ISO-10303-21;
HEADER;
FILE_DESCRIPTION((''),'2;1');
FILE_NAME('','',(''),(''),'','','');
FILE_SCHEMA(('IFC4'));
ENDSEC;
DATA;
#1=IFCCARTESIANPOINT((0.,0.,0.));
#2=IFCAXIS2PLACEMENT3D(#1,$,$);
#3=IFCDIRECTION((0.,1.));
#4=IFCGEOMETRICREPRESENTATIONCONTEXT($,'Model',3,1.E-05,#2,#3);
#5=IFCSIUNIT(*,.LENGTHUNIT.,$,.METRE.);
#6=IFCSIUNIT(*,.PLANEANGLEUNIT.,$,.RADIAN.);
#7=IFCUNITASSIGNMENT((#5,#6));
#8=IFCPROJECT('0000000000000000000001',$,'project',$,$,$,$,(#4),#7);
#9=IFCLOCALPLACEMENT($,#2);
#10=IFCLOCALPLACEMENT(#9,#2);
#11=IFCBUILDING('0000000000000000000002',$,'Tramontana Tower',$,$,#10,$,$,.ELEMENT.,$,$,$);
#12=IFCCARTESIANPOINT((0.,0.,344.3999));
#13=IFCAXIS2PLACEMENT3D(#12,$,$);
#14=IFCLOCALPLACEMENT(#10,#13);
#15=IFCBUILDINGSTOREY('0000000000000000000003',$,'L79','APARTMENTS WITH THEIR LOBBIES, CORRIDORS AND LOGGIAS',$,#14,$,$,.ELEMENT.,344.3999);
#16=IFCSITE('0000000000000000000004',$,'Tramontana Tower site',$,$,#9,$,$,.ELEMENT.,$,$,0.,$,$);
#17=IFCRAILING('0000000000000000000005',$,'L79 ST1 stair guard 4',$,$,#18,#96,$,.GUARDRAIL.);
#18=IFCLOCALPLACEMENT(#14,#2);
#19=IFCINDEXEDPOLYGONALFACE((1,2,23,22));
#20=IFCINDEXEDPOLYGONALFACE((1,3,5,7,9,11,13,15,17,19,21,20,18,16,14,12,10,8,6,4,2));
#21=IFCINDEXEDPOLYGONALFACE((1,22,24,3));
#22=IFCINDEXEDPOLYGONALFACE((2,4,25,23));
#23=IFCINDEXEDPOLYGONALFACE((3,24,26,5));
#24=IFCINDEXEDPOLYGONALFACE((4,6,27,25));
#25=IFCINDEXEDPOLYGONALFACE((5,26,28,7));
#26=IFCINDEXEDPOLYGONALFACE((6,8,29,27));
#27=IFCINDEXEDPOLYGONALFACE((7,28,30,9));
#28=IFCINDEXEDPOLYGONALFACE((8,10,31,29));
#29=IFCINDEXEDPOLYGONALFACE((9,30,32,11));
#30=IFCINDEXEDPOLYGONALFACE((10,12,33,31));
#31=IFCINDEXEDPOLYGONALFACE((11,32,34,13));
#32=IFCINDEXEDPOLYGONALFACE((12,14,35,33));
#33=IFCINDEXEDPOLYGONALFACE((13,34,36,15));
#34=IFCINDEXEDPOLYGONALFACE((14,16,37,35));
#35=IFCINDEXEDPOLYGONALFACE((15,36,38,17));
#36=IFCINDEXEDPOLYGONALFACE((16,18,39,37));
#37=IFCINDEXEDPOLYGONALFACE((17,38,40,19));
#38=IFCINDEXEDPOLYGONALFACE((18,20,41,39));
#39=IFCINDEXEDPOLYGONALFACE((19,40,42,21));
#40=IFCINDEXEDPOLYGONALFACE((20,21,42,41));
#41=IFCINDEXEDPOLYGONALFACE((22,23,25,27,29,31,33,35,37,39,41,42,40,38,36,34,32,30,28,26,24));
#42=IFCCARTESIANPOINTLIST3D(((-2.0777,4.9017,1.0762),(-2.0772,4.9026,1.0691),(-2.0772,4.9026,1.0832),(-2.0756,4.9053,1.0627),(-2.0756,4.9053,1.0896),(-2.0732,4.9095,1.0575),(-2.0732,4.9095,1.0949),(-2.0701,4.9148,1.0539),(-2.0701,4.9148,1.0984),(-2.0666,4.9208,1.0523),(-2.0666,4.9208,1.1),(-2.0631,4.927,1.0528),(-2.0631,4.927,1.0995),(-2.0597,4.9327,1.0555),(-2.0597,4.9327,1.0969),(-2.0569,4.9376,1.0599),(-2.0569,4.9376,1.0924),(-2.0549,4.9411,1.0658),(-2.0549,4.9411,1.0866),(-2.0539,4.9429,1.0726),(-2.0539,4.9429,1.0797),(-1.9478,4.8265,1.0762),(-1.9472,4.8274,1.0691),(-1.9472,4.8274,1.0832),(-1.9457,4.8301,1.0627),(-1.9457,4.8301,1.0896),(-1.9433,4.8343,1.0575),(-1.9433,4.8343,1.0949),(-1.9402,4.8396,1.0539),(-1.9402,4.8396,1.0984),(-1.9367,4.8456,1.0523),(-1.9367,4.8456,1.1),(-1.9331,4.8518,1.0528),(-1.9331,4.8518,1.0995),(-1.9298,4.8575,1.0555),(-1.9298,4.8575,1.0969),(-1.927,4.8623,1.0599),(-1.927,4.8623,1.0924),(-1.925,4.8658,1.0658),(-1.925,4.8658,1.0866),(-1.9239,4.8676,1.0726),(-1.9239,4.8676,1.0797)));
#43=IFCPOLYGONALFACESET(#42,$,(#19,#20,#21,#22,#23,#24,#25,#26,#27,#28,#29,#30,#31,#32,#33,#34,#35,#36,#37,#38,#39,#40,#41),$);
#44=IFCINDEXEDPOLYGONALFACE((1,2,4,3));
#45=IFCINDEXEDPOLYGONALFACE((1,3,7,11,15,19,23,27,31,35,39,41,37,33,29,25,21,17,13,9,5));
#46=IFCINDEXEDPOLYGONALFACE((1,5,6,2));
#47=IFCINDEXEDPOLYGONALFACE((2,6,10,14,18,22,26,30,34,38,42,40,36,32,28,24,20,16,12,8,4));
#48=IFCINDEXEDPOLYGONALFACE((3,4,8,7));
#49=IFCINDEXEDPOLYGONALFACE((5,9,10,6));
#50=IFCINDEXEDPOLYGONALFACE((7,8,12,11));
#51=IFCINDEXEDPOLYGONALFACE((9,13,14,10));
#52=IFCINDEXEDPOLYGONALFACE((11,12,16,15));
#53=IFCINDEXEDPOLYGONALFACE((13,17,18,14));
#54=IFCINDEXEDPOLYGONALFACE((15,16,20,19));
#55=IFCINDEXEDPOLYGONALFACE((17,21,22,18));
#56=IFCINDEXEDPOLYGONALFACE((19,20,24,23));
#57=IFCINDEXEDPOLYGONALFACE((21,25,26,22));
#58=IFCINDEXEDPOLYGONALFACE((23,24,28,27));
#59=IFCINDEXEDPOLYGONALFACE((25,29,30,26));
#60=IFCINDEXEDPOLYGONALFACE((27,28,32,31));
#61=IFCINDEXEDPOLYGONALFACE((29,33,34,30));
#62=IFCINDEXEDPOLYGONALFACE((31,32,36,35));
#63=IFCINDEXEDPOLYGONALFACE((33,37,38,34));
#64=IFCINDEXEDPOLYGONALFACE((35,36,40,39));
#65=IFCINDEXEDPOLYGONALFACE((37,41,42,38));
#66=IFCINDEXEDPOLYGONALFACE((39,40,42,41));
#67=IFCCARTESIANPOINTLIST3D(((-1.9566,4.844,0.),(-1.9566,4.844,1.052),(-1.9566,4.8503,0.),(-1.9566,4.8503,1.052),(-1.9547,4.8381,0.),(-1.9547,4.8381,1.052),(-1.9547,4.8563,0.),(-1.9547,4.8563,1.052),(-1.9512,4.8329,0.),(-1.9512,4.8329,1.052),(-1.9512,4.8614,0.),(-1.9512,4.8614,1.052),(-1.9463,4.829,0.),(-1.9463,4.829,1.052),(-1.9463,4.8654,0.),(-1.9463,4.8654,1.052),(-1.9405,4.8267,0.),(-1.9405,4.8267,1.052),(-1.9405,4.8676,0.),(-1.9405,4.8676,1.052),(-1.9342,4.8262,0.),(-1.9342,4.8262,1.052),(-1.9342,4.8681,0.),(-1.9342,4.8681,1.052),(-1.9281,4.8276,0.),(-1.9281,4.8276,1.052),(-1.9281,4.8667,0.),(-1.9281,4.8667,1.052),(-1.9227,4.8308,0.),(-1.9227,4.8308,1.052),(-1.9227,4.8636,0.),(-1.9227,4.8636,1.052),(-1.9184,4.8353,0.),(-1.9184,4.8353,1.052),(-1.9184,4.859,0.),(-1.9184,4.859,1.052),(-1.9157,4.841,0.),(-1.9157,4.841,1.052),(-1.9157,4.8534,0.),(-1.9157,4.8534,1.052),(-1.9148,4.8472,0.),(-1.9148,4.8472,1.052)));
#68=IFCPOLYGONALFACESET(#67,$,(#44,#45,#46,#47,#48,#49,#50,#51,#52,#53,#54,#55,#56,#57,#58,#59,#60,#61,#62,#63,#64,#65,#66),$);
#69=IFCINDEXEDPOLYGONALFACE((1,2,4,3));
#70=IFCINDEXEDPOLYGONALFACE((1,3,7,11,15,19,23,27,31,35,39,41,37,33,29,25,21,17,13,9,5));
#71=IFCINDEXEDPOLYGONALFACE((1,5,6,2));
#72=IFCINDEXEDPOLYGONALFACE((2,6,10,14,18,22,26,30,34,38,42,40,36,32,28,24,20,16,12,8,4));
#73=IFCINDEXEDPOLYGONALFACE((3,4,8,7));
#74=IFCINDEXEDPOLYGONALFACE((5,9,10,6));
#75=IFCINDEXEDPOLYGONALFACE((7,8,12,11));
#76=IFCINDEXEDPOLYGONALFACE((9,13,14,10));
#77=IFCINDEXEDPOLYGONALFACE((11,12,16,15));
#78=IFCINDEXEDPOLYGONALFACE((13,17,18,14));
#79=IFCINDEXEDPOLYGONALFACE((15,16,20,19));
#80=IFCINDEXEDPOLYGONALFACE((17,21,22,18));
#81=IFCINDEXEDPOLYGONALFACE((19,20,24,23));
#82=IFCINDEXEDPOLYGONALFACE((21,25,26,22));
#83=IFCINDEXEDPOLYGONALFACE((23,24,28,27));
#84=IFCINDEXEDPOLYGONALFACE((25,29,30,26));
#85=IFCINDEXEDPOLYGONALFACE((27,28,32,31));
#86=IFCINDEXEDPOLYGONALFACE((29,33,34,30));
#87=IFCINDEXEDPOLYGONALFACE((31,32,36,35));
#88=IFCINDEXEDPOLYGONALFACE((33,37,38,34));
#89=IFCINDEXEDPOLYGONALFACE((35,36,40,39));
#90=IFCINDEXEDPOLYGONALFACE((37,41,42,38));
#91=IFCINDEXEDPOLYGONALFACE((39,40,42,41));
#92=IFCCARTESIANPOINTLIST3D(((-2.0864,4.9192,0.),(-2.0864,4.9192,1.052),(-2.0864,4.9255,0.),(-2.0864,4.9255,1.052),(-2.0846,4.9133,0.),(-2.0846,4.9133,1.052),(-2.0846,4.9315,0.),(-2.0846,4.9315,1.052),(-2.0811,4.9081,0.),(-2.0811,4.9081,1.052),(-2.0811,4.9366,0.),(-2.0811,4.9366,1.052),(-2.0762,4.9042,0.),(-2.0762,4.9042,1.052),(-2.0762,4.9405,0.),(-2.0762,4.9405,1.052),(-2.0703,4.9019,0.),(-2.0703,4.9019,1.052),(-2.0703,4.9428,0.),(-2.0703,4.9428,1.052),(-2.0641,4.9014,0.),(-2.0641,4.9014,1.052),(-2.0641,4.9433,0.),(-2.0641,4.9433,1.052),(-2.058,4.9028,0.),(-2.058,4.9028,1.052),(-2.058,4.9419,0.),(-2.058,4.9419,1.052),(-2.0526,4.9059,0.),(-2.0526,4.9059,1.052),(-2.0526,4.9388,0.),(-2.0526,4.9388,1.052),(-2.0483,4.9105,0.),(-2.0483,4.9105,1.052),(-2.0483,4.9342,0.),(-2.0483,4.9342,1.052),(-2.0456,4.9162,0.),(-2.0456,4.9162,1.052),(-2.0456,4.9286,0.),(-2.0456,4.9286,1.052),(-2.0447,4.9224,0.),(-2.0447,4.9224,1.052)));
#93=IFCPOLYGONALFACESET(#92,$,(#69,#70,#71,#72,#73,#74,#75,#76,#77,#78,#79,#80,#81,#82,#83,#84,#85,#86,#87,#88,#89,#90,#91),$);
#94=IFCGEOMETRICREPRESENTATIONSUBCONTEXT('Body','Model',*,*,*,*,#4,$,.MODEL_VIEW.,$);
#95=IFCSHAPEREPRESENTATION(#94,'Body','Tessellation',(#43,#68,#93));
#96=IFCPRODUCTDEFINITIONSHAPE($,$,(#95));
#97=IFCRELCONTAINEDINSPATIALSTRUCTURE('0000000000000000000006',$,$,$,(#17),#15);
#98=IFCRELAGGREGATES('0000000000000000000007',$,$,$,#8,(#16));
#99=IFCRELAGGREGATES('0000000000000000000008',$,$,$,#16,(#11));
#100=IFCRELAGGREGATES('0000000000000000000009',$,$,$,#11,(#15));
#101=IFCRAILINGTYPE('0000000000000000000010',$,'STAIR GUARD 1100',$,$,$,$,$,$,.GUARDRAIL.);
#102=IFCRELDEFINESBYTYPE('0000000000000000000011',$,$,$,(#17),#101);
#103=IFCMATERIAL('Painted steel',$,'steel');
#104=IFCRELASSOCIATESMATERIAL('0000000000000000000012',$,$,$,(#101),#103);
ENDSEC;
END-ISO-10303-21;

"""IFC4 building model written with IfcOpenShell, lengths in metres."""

from ifc_helpers import new_model, si_unit, direction, frame, origin, origin_2d, place, context, subcontext, project, spatial, circle, extrude, material, type_object, element, save


model = new_model("IFC4")

# Units and contexts
model_context = context("Model", 3, precision=1e-05, world=origin(), true_north=direction((0.0, 1.0)))
body_context = subcontext(model_context, "Body", "Model", "MODEL_VIEW")
ifc_project = project(units=[si_unit("LENGTHUNIT", "METRE"), si_unit("PLANEANGLEUNIT", "RADIAN")], contexts=[model_context])

# Site, building, storey
site_placement = place(None, origin())
site = spatial("IfcSite", under=ifc_project, at=site_placement, Name="Tramontana Tower site", CompositionType="ELEMENT", RefElevation=0.0)
building_placement = place(site_placement, origin())
building = spatial("IfcBuilding", under=site, at=building_placement, Name="Tramontana Tower", CompositionType="ELEMENT")
storey_placement = place(building_placement, frame((0.0, 0.0, 344.3999)))
storey = spatial("IfcBuildingStorey", under=building, at=storey_placement, Name="L79", Description="APARTMENTS WITH THEIR LOBBIES, CORRIDORS AND LOGGIAS", CompositionType="ELEMENT", Elevation=344.3999)

# Railing
ifc_material_1 = material(Name="Painted steel", Category="steel")
railing_type_1 = type_object("IfcRailingType", Name="STAIR GUARD 1100", PredefinedType="GUARDRAIL", material=ifc_material_1)
railing_1_placement = place(storey_placement, frame((-1.9358, 4.8472, 0.0)))
element("IfcRailing", 1, at=railing_1_placement, inside=storey, type_object=railing_type_1, Name="L79 ST1 stair guard 4", PredefinedType="GUARDRAIL", context=body_context, shape_type="SweptSolid", body=[
    extrude(circle(Radius=0.0239, at=origin_2d()), frame((0.0, 0.0, 1.0762), z_axis=(-0.865426, 0.501036, 0.0), x_axis=(-0.501036, -0.865426, 0.0)), (0.0, 0.0, 1.0), 0.1501),
    extrude(circle(Radius=0.021, at=origin_2d()), origin(), (0.0, 0.0, 1.0), 1.052),
    extrude(circle(Radius=0.021, at=origin_2d()), frame((-0.1299, 0.0752, 0.0)), (0.0, 0.0, 1.0), 1.052),
])

save(model, "model.ifc")
